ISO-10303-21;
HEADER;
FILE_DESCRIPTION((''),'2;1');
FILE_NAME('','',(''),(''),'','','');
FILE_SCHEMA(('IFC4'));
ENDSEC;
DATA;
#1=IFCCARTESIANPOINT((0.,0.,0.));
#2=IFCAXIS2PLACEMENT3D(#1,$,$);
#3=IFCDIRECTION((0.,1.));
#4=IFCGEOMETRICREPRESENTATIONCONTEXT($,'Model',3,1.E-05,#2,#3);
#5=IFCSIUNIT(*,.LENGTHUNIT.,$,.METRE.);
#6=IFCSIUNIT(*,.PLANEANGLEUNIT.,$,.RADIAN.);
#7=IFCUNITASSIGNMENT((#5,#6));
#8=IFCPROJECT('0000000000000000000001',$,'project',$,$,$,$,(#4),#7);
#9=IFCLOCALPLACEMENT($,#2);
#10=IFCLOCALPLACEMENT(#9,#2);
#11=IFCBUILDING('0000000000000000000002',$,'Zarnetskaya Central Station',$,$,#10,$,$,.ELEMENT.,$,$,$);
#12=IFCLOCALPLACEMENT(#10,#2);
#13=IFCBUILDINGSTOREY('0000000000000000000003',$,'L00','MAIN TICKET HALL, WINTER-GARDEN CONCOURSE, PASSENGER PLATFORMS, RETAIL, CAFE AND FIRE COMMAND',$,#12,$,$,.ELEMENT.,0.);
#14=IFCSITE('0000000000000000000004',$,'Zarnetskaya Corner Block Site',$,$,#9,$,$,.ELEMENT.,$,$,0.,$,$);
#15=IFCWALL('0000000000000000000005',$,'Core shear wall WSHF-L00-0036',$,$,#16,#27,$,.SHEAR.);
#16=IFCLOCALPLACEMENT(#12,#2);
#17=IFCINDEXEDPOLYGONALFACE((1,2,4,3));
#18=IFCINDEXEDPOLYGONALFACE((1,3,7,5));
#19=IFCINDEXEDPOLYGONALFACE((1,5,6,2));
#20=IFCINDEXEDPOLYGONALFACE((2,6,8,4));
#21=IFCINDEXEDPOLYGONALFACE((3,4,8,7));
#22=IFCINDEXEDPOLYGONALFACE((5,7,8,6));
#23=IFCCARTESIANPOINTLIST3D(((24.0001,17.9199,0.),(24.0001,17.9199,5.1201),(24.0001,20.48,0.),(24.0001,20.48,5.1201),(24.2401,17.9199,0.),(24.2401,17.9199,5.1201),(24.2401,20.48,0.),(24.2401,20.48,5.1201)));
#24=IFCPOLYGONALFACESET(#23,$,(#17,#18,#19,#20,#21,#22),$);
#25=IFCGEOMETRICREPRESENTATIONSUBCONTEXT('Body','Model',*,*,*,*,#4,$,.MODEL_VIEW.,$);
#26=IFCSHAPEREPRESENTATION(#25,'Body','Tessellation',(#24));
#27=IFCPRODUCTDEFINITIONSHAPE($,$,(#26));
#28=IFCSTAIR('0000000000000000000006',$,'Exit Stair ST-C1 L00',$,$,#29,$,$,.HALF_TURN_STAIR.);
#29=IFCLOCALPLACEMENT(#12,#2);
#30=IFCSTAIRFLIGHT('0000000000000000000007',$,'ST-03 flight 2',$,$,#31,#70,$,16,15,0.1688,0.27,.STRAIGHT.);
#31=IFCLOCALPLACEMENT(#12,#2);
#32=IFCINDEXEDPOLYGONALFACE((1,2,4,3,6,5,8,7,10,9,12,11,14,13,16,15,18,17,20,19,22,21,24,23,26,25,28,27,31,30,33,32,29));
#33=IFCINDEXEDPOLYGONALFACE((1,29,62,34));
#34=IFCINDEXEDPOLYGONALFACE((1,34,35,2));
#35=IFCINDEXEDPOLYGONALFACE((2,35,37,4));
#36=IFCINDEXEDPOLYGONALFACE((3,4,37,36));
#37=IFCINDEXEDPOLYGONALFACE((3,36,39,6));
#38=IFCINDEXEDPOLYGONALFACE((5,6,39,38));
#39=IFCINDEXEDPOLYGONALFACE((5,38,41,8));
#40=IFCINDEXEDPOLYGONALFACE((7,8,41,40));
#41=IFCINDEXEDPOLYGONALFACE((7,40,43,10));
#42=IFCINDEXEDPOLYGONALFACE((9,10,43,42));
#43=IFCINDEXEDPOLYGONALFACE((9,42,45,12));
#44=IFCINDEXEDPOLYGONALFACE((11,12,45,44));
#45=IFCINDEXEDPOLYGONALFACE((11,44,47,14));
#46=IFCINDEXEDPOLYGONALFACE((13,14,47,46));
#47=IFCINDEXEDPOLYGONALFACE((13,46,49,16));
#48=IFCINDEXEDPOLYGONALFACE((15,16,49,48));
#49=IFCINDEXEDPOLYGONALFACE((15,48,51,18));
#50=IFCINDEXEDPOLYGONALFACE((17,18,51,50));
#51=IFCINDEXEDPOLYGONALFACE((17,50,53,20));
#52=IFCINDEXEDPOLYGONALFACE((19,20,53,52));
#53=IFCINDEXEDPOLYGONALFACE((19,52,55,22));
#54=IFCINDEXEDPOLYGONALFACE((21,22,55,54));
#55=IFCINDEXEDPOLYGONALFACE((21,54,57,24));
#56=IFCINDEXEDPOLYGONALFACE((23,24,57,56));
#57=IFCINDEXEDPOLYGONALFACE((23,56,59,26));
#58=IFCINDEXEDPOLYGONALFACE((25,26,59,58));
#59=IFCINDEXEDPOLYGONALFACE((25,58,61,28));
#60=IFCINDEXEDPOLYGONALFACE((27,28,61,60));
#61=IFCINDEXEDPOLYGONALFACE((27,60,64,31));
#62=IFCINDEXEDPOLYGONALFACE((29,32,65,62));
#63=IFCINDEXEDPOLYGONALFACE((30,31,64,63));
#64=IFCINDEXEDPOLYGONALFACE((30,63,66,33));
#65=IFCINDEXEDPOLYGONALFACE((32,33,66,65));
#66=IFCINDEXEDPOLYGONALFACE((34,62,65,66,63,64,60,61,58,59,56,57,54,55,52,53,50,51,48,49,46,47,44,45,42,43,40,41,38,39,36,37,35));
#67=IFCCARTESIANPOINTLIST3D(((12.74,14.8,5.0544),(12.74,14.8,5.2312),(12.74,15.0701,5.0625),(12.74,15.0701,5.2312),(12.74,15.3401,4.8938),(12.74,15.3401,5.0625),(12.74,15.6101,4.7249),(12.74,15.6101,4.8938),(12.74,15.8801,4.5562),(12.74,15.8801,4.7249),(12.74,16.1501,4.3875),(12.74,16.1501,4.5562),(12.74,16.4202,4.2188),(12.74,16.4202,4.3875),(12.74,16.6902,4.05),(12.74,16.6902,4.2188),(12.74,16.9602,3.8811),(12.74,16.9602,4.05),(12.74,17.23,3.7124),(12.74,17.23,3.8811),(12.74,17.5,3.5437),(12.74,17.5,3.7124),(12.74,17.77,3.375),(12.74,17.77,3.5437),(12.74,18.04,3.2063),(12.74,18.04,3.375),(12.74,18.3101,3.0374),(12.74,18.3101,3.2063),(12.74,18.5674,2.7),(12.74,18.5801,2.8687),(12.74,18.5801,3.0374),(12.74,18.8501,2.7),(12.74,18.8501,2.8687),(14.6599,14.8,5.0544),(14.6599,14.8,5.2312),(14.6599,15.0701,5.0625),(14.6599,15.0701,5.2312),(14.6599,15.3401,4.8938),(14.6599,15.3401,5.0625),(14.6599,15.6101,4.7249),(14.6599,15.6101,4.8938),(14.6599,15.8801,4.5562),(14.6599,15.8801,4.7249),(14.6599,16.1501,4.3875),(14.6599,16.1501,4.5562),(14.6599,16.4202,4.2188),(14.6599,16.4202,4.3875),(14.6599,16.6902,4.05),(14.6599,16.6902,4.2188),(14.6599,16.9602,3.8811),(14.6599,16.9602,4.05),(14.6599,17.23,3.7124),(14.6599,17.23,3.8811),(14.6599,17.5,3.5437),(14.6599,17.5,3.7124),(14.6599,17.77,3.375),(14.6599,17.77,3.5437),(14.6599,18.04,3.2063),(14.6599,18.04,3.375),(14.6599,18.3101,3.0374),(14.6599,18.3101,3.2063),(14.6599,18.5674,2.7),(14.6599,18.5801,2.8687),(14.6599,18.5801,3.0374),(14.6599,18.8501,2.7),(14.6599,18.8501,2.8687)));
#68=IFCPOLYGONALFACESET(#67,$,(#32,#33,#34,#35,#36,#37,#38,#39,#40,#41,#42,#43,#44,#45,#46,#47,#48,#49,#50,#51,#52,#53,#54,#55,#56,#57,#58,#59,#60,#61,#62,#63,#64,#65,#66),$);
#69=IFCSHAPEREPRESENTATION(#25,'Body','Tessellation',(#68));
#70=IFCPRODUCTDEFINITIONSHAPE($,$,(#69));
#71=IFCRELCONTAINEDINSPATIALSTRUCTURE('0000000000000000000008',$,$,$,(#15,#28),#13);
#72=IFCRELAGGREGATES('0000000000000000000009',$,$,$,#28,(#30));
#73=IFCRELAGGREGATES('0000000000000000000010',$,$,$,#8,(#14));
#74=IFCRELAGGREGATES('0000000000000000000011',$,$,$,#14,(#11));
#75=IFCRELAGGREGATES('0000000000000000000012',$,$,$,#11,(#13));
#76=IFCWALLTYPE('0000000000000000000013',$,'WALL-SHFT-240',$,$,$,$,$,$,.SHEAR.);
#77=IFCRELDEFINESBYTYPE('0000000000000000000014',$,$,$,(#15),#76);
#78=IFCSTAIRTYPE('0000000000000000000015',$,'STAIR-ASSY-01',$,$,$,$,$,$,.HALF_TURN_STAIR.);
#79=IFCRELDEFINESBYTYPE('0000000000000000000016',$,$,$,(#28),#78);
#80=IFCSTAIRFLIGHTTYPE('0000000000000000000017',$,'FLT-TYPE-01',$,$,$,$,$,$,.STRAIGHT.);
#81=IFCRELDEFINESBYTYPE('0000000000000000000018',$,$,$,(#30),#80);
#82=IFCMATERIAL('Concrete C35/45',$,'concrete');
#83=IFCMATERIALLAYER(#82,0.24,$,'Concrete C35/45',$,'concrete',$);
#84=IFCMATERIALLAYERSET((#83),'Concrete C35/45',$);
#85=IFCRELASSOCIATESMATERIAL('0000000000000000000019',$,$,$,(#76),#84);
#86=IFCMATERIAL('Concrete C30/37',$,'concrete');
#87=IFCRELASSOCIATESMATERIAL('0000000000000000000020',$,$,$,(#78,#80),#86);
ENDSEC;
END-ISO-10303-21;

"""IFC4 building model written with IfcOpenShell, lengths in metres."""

from ifc_helpers import new_model, si_unit, direction, frame, frame_2d, origin, place, context, subcontext, project, spatial, polyline, rectangle, outline, extrude, material, layer, layer_set, type_object, element, aggregate, save


model = new_model("IFC4")

# Units and contexts
model_context = context("Model", 3, precision=1e-05, world=origin(), true_north=direction((0.0, 1.0)))
body_context = subcontext(model_context, "Body", "Model", "MODEL_VIEW")
ifc_project = project(units=[si_unit("LENGTHUNIT", "METRE"), si_unit("PLANEANGLEUNIT", "RADIAN")], contexts=[model_context])

# Site, building, storey
site_placement = place(None, origin())
site = spatial("IfcSite", under=ifc_project, at=site_placement, Name="Zarnetskaya Corner Block Site", CompositionType="ELEMENT", RefElevation=0.0)
building_placement = place(site_placement, origin())
building = spatial("IfcBuilding", under=site, at=building_placement, Name="Zarnetskaya Central Station", CompositionType="ELEMENT")
storey_placement = place(building_placement, origin())
storey = spatial("IfcBuildingStorey", under=building, at=storey_placement, Name="L00", Description="MAIN TICKET HALL, WINTER-GARDEN CONCOURSE, PASSENGER PLATFORMS, RETAIL, CAFE AND FIRE COMMAND", CompositionType="ELEMENT", Elevation=0.0)

# Shared definitions
ifc_material_1 = material(Name="Concrete C30/37", Category="concrete")
ifc_material_2 = material(Name="Concrete C35/45", Category="concrete")

# Shared definitions
ifc_layer_1 = layer(ifc_material_2, 0.24, Name="Concrete C35/45", Category="concrete")
ifc_layer_set_1 = layer_set([ifc_layer_1], Name="Concrete C35/45")
wall_type_1 = type_object("IfcWallType", Name="WALL-SHFT-240", PredefinedType="SHEAR", material=ifc_layer_set_1)

# Wall
for number, where, z_axis, x_axis, name in (
    (1, (24.1201, 20.48, 0.0), (0.0, 0.0, 1.0), (0.0, -1.0, 0.0), "Core shear wall WSHF-L00-0036"),
):
    element("IfcWall", number, at=place(storey_placement, frame(where, z_axis=z_axis, x_axis=x_axis)), inside=storey, type_object=wall_type_1, Name=name, PredefinedType="SHEAR", context=body_context, shape_type="SweptSolid", body=[
        extrude(rectangle(XDim=2.5601, YDim=0.24, at=frame_2d((1.28, 0.0))), origin(), (0.0, 0.0, 1.0), 5.1201),
    ])

# Stair, stair flight
stair_type = type_object("IfcStairType", Name="STAIR-ASSY-01", PredefinedType="HALF_TURN_STAIR", material=ifc_material_1)
stair_placement = place(storey_placement, origin())
stair = element("IfcStair", 2, at=stair_placement, inside=storey, type_object=stair_type, Name="Exit Stair ST-C1 L00", PredefinedType="HALF_TURN_STAIR")
stair_flight_type = type_object("IfcStairFlightType", Name="FLT-TYPE-01", PredefinedType="STRAIGHT", material=ifc_material_1)
stair_flight_placement = place(storey_placement, frame((13.7, 18.8501, 2.7), z_axis=(0.0, 0.0, 1.0), x_axis=(0.0, -1.0, 0.0)))
stair_flight = element("IfcStairFlight", 3, at=stair_flight_placement, type_object=stair_flight_type, Name="ST-03 flight 2", NumberOfRisers=16, NumberOfTreads=15, PredefinedType="STRAIGHT", RiserHeight=0.1688, TreadLength=0.27, context=body_context, shape_type="SweptSolid", body=[
    extrude(outline(polyline([(0.0, 0.0), (0.0, 0.1687), (0.27, 0.1687), (0.27, 0.3374), (0.54, 0.3374), (0.54, 0.5063), (0.8101, 0.5063), (0.8101, 0.675), (1.0801, 0.675), (1.0801, 0.8438), (1.3501, 0.8438), (1.3501, 1.0125), (1.6201, 1.0125), (1.6201, 1.1812), (1.8899, 1.1812), (1.8899, 1.3501), (2.1599, 1.3501), (2.1599, 1.5188), (2.4299, 1.5188), (2.4299, 1.6875), (2.7, 1.6875), (2.7, 1.8562), (2.97, 1.8562), (2.97, 2.0249), (3.24, 2.0249), (3.24, 2.1938), (3.51, 2.1938), (3.51, 2.3625), (3.78, 2.3625), (3.78, 2.5312), (4.05, 2.5312), (4.05, 2.7), (4.05, 2.3545), (0.2827, 0.0), (0.0, 0.0)])), frame((0.0, 0.96, 0.0), z_axis=(0.0, -1.0, 0.0), x_axis=(1.0, 0.0, 0.0)), (0.0, 0.0, 1.0), 1.9199),
])
aggregate(stair, [stair_flight])

save(model, "model.ifc")
